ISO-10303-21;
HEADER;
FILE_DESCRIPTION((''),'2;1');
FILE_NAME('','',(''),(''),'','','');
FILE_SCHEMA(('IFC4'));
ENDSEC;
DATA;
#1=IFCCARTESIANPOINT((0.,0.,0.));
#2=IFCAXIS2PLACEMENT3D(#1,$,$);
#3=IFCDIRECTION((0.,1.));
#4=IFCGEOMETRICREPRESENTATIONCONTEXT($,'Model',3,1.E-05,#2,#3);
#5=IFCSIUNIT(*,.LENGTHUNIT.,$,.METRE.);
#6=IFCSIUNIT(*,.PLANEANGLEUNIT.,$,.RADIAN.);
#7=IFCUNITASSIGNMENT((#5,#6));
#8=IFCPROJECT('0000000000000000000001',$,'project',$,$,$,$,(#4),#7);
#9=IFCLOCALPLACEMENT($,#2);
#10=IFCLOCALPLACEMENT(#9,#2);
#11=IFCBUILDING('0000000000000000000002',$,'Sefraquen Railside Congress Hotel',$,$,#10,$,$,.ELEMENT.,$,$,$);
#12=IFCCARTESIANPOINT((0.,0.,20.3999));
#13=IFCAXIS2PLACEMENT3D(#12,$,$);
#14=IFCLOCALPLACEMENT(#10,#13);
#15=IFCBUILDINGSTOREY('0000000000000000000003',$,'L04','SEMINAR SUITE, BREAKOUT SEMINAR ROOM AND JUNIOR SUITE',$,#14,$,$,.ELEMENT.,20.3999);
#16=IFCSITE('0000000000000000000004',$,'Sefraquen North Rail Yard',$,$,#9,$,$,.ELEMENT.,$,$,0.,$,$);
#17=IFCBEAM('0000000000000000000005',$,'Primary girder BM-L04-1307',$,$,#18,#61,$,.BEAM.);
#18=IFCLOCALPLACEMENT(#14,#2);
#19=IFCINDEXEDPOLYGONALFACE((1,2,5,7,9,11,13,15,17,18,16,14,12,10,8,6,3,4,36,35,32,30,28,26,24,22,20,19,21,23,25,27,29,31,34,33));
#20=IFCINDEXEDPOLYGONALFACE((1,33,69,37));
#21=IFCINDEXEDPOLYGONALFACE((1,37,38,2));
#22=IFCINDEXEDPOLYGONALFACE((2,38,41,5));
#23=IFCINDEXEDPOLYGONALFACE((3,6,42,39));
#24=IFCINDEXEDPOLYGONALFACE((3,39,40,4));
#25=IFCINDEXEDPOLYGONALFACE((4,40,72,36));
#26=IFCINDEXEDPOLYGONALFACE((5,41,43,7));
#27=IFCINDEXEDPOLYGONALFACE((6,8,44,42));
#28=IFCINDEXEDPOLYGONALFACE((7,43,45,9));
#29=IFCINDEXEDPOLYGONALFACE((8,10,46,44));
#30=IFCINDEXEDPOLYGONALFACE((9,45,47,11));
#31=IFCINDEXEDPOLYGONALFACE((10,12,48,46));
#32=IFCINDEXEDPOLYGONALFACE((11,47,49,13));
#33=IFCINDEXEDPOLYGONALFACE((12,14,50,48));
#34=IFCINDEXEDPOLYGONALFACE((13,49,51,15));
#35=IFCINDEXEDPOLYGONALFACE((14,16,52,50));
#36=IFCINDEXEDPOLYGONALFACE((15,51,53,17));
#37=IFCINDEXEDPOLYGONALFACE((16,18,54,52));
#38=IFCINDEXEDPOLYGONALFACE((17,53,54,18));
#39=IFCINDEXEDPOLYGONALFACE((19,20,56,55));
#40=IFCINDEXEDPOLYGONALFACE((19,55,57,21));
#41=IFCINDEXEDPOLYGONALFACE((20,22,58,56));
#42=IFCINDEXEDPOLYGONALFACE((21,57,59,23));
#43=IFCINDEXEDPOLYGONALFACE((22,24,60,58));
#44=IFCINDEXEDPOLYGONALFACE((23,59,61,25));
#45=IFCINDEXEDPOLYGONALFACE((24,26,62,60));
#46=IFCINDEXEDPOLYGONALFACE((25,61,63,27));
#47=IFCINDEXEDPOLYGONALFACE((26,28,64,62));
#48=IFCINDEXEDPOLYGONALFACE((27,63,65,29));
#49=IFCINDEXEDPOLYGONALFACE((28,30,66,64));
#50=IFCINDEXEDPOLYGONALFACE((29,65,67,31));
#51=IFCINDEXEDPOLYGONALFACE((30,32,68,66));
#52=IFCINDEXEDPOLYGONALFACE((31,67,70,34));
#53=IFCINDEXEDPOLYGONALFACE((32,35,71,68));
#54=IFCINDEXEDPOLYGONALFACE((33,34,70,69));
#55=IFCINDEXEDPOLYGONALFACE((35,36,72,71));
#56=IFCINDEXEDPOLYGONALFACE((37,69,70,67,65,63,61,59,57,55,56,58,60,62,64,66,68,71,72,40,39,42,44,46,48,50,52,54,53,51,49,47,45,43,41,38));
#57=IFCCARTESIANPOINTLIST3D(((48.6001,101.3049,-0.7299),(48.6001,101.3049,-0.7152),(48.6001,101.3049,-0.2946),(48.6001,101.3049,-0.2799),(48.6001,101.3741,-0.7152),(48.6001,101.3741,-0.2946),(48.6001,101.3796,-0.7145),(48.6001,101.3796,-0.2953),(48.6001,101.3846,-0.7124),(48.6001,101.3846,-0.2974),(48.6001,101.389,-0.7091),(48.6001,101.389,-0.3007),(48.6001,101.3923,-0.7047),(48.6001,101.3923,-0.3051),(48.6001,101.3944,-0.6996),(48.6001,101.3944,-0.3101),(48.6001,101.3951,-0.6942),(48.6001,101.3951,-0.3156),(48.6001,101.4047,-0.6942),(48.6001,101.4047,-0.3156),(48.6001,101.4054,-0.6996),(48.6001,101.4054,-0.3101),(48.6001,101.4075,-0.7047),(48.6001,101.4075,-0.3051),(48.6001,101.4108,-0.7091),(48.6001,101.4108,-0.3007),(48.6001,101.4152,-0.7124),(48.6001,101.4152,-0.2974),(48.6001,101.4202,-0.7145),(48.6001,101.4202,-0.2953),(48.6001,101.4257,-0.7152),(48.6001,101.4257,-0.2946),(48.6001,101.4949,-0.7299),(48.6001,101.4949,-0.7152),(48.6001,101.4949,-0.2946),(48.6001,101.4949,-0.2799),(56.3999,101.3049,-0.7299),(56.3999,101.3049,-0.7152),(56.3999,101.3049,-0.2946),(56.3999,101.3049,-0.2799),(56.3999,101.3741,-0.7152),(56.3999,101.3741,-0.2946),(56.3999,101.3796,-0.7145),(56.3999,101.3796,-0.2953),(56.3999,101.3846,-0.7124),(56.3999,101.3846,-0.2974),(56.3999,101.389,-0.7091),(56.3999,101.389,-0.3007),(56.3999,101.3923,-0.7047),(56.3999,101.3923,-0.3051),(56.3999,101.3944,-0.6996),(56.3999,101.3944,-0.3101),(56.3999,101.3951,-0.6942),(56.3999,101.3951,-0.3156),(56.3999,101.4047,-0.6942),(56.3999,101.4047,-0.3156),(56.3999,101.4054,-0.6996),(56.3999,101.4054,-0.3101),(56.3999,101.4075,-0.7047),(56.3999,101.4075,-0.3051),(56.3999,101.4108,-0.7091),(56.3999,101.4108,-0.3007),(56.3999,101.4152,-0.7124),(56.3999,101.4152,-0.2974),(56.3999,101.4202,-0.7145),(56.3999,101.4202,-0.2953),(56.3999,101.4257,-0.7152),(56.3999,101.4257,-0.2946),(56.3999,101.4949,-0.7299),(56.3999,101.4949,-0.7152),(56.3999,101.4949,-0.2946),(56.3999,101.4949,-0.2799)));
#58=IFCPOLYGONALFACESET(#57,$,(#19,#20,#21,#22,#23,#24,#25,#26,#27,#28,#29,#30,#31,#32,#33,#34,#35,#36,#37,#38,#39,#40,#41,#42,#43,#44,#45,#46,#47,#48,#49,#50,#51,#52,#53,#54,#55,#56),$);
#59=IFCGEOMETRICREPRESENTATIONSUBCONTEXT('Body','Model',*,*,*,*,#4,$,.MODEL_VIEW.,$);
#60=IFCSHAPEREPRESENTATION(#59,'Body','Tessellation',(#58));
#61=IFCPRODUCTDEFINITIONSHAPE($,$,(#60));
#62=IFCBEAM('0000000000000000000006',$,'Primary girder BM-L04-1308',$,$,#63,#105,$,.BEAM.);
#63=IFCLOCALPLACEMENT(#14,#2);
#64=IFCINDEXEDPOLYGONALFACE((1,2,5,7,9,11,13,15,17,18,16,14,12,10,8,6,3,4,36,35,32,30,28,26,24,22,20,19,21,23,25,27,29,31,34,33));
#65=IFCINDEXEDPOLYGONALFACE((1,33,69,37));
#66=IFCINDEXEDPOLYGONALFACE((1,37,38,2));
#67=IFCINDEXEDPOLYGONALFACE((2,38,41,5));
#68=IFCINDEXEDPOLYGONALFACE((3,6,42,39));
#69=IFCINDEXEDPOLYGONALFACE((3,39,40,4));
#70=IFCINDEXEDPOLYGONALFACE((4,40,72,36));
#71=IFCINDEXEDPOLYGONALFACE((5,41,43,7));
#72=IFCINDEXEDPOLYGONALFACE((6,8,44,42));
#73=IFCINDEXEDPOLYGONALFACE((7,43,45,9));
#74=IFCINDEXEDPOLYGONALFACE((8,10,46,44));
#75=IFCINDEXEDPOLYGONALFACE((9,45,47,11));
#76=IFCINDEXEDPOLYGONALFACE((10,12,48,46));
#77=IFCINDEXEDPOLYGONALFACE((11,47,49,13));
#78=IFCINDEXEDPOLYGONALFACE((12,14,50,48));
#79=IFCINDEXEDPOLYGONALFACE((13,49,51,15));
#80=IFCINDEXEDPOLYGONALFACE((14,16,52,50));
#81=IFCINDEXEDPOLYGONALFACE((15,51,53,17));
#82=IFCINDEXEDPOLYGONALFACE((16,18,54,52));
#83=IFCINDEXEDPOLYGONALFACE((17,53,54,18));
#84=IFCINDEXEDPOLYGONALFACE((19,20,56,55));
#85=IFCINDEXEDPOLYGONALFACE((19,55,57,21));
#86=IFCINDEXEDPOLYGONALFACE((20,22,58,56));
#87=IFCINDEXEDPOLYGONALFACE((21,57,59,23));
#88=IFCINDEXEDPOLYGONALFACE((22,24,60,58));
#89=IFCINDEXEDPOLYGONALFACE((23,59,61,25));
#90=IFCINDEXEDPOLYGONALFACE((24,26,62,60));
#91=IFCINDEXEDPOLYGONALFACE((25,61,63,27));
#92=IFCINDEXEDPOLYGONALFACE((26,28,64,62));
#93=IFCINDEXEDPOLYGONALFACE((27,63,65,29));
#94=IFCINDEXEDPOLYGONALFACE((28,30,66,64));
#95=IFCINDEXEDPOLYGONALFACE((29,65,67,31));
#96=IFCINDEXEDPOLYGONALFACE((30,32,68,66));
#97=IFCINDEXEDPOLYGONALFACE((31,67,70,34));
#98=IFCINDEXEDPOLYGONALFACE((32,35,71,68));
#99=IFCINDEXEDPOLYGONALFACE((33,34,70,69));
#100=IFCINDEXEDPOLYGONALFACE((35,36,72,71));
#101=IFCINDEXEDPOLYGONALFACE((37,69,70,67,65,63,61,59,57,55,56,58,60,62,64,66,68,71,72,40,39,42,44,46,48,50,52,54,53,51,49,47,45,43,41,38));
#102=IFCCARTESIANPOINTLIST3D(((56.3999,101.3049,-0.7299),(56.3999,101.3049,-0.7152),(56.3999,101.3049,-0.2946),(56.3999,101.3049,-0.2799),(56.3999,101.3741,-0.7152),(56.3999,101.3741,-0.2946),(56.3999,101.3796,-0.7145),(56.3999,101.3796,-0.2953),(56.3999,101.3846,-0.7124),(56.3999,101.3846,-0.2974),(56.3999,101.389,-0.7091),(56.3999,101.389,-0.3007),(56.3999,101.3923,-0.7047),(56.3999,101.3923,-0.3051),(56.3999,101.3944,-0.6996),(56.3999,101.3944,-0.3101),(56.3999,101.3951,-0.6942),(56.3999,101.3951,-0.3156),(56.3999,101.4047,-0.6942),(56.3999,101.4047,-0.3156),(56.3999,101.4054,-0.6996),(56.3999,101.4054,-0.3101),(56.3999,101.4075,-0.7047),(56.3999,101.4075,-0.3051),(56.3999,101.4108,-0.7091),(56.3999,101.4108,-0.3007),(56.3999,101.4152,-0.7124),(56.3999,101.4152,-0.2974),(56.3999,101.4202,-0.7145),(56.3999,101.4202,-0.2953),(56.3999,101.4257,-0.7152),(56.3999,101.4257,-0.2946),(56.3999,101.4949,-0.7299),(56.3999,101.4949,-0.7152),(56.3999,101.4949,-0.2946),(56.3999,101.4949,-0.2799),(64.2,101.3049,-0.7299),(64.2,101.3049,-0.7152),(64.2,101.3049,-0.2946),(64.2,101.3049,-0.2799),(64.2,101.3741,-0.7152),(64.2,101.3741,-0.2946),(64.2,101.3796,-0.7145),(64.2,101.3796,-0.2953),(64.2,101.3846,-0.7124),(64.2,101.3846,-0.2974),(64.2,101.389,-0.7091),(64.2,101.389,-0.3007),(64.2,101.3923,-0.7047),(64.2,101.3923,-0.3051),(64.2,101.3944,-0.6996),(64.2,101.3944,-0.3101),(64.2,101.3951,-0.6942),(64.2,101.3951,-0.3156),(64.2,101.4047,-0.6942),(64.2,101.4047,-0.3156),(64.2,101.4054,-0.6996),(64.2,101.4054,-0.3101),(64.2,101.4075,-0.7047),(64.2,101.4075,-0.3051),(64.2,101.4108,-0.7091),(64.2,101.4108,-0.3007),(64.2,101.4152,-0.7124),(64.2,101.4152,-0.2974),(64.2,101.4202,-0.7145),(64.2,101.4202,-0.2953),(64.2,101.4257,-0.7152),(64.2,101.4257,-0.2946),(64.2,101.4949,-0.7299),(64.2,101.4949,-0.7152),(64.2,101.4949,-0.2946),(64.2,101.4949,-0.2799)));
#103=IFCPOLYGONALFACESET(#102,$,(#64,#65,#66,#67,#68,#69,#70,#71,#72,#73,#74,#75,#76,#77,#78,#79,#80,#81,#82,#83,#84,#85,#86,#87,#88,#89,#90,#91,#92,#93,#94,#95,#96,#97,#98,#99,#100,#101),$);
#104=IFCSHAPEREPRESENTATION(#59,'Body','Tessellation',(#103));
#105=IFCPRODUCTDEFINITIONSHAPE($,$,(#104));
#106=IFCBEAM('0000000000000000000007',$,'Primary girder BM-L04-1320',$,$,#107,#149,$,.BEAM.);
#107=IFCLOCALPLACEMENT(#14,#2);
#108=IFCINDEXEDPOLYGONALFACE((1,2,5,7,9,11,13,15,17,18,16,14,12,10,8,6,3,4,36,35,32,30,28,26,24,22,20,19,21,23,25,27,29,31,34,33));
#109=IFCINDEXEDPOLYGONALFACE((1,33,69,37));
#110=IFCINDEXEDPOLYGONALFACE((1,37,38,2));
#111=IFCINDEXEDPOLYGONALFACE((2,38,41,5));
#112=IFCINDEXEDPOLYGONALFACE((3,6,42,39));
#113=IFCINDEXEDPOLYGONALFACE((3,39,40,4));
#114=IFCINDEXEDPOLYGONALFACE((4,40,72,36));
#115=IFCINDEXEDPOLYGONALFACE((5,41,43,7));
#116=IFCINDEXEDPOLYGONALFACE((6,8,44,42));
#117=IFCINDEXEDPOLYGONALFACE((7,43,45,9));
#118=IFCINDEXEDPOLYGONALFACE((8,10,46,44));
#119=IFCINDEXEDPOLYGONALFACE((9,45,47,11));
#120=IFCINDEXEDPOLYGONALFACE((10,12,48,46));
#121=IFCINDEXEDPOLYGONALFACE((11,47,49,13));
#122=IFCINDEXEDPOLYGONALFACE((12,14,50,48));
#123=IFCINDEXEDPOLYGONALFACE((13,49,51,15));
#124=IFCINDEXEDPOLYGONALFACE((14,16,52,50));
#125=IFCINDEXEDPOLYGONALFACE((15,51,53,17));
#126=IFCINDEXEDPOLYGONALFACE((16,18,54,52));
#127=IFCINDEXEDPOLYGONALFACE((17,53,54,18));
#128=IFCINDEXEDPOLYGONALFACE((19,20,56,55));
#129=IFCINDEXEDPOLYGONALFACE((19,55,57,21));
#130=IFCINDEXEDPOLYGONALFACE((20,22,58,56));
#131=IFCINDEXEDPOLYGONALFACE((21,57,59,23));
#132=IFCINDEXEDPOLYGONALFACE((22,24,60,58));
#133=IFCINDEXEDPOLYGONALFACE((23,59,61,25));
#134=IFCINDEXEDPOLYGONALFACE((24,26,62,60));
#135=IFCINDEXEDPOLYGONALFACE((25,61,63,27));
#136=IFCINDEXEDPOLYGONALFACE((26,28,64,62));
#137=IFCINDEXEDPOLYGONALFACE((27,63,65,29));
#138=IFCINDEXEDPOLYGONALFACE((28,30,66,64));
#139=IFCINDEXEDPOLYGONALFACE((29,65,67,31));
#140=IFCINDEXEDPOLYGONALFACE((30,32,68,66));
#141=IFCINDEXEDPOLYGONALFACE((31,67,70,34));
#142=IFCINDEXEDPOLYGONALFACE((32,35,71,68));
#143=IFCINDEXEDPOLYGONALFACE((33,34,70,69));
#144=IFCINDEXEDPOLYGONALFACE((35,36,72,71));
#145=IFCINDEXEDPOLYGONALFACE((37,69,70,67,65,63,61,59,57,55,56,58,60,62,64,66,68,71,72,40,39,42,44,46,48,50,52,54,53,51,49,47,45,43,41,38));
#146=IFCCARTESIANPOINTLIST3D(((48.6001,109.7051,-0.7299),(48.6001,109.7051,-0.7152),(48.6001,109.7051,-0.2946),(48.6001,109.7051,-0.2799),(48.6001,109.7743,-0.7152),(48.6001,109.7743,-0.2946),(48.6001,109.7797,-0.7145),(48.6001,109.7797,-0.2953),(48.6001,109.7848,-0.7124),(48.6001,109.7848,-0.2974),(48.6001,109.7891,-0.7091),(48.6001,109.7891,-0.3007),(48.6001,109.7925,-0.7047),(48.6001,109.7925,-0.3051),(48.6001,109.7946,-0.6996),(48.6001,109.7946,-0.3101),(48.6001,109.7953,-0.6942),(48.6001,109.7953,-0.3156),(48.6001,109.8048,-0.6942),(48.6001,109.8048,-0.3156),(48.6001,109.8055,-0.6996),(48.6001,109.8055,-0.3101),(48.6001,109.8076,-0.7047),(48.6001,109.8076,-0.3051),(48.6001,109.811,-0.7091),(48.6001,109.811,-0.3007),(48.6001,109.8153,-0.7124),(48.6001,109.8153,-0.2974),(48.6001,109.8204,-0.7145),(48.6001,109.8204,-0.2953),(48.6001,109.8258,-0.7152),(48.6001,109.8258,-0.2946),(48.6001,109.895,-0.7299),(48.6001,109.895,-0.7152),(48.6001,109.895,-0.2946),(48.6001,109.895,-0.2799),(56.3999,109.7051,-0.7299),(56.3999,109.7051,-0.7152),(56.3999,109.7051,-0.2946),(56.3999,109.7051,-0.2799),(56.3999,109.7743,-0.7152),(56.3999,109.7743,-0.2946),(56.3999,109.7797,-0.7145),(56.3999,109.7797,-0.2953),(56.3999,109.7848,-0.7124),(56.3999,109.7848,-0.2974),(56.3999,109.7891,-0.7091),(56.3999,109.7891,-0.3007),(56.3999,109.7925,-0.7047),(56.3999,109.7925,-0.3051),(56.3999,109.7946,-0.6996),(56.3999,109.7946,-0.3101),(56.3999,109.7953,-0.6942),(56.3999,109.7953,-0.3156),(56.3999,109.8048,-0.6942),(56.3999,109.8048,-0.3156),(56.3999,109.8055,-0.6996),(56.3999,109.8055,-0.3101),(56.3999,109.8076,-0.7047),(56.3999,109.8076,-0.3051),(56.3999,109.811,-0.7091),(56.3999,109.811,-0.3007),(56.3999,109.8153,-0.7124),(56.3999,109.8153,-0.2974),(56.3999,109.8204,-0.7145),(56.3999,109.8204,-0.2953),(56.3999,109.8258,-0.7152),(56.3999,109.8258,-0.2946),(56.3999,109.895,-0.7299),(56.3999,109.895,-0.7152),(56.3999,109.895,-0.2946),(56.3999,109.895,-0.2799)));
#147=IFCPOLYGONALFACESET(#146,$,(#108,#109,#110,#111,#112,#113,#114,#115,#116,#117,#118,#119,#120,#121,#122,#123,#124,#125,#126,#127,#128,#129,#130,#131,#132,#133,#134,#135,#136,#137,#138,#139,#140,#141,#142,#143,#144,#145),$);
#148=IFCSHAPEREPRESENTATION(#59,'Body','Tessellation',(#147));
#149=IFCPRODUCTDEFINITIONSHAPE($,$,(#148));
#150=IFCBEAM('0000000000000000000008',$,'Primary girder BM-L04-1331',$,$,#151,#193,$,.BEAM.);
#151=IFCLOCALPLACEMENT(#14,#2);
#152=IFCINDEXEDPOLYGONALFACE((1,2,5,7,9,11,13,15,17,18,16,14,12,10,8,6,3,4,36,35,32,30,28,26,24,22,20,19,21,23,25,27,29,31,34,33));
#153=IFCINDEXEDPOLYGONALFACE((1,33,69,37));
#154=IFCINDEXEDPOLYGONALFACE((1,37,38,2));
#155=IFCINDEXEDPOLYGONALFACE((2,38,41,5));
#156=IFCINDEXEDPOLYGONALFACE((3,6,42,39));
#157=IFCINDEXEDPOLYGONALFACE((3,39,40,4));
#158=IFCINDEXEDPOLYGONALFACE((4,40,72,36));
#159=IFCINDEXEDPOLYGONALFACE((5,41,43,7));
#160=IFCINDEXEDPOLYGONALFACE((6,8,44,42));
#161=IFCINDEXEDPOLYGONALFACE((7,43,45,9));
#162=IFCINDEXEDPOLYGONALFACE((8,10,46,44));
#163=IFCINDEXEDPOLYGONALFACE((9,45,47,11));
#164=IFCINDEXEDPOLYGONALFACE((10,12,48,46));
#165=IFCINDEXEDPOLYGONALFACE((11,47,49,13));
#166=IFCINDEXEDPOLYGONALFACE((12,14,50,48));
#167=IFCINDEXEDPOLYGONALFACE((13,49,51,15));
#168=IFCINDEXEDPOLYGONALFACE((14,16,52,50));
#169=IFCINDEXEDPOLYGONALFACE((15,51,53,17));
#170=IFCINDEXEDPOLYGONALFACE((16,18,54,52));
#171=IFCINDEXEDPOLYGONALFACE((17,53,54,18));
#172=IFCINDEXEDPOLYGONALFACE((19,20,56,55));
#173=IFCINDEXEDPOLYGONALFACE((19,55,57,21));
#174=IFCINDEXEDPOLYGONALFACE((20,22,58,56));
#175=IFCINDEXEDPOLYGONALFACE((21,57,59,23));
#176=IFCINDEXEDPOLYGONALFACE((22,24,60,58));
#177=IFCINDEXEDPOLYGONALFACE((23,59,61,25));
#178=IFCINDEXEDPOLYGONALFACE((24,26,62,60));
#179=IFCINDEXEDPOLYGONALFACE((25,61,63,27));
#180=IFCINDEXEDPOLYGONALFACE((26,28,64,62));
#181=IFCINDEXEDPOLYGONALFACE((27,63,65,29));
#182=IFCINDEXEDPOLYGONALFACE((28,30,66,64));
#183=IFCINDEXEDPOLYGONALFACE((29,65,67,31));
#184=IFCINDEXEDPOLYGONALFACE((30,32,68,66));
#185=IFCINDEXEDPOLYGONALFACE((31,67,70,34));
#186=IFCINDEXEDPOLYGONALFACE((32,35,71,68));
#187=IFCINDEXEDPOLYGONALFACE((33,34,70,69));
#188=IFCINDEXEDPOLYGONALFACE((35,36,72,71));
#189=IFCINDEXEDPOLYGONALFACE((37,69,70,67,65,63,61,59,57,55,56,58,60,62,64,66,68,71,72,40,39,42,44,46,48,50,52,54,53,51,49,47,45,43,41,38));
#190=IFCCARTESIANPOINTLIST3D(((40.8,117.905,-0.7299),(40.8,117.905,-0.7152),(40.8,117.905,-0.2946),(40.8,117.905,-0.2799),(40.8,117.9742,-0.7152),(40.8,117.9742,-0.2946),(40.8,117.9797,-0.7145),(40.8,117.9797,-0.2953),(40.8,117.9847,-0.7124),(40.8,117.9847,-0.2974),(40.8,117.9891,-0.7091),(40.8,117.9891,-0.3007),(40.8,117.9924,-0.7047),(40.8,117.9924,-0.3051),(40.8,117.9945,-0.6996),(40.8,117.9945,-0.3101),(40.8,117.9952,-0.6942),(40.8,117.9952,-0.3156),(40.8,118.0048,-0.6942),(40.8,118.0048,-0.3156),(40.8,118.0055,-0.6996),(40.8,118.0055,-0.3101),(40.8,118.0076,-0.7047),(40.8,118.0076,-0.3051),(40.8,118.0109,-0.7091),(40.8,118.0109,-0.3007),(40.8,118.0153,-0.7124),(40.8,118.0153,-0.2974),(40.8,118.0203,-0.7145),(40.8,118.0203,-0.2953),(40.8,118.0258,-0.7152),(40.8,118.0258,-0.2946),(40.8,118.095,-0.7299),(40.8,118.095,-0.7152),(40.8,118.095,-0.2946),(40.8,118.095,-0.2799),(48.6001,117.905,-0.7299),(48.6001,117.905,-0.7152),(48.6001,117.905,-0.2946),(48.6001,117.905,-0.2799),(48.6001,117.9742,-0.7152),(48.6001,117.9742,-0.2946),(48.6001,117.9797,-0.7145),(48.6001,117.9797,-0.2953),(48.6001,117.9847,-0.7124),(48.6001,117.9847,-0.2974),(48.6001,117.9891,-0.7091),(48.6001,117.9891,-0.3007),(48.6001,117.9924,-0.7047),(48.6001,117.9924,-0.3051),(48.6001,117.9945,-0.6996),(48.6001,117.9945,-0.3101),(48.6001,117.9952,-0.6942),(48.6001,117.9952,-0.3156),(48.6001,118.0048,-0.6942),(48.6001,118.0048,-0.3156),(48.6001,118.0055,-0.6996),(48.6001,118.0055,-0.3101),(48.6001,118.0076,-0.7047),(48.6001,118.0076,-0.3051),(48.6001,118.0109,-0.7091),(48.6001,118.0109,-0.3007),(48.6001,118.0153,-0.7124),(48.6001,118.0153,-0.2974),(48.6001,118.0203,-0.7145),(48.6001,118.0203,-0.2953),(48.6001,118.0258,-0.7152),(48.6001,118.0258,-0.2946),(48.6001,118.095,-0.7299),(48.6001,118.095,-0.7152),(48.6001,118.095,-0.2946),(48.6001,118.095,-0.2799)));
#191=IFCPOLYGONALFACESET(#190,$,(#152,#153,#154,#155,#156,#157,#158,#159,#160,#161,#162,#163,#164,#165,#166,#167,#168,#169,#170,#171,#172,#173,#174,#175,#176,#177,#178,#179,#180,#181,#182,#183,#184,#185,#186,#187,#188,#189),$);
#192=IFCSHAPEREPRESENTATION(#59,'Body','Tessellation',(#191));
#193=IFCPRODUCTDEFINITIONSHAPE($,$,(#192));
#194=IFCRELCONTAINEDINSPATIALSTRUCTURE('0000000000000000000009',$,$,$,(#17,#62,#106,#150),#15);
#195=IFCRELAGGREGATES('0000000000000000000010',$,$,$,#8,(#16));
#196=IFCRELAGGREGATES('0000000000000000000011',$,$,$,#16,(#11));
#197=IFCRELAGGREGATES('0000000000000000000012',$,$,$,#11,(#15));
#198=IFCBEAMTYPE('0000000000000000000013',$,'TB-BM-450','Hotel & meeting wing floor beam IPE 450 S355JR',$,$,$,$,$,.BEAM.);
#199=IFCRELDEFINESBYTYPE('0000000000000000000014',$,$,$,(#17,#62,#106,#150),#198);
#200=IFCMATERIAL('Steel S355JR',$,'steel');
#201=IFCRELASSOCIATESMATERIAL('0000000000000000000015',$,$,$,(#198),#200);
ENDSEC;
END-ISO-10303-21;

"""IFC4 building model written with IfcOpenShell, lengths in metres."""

from ifc_helpers import new_model, si_unit, direction, frame, origin, origin_2d, place, context, subcontext, project, spatial, i_section, extrude, material, material_profile, profile_set, type_object, element, save


model = new_model("IFC4")

# Units and contexts
model_context = context("Model", 3, precision=1e-05, world=origin(), true_north=direction((0.0, 1.0)))
body_context = subcontext(model_context, "Body", "Model", "MODEL_VIEW")
ifc_project = project(units=[si_unit("LENGTHUNIT", "METRE"), si_unit("PLANEANGLEUNIT", "RADIAN")], contexts=[model_context])

# Site, building, storey
site_placement = place(None, origin())
site = spatial("IfcSite", under=ifc_project, at=site_placement, Name="Sefraquen North Rail Yard", CompositionType="ELEMENT", RefElevation=0.0)
building_placement = place(site_placement, origin())
building = spatial("IfcBuilding", under=site, at=building_placement, Name="Sefraquen Railside Congress Hotel", CompositionType="ELEMENT")
storey_placement = place(building_placement, frame((0.0, 0.0, 20.3999)))
storey = spatial("IfcBuildingStorey", under=building, at=storey_placement, Name="L04", Description="SEMINAR SUITE, BREAKOUT SEMINAR ROOM AND JUNIOR SUITE", CompositionType="ELEMENT", Elevation=20.3999)

# Shared definitions
ifc_material_1 = material(Name="Steel S355JR", Category="steel")

# Beams
ifc_material_profile_1 = material_profile(ifc_material_1, i_section(OverallWidth=0.1899, OverallDepth=0.45, WebThickness=0.0095, FlangeThickness=0.0146, FilletRadius=0.021, at=origin_2d()), Name="IPE 450")
ifc_profile_set_1 = profile_set([ifc_material_profile_1], Name="Steel S355JR")
beam_type_1 = type_object("IfcBeamType", Name="TB-BM-450", Description="Hotel & meeting wing floor beam IPE 450 S355JR", PredefinedType="BEAM", material=ifc_profile_set_1)
beam_1_placement = place(storey_placement, frame((48.6001, 101.3999, -0.5049), z_axis=(1.0, 0.0, 0.0), x_axis=(0.0, 1.0, 0.0)))
element("IfcBeam", 1, at=beam_1_placement, inside=storey, type_object=beam_type_1, Name="Primary girder BM-L04-1307", PredefinedType="BEAM", context=body_context, shape_type="SweptSolid", body=[
    extrude(i_section(OverallWidth=0.1899, OverallDepth=0.45, WebThickness=0.0095, FlangeThickness=0.0146, FilletRadius=0.021, at=origin_2d()), origin(), (0.0, 0.0, 1.0), 7.7998),
])
beam_2_placement = place(storey_placement, frame((56.3999, 101.3999, -0.5049), z_axis=(1.0, 0.0, 0.0), x_axis=(0.0, 1.0, 0.0)))
element("IfcBeam", 2, at=beam_2_placement, inside=storey, type_object=beam_type_1, Name="Primary girder BM-L04-1308", PredefinedType="BEAM", context=body_context, shape_type="SweptSolid", body=[
    extrude(i_section(OverallWidth=0.1899, OverallDepth=0.45, WebThickness=0.0095, FlangeThickness=0.0146, FilletRadius=0.021, at=origin_2d()), origin(), (0.0, 0.0, 1.0), 7.8),
])
beam_3_placement = place(storey_placement, frame((48.6001, 109.8, -0.5049), z_axis=(1.0, 0.0, 0.0), x_axis=(0.0, 1.0, 0.0)))
element("IfcBeam", 3, at=beam_3_placement, inside=storey, type_object=beam_type_1, Name="Primary girder BM-L04-1320", PredefinedType="BEAM", context=body_context, shape_type="SweptSolid", body=[
    extrude(i_section(OverallWidth=0.1899, OverallDepth=0.45, WebThickness=0.0095, FlangeThickness=0.0146, FilletRadius=0.021, at=origin_2d()), origin(), (0.0, 0.0, 1.0), 7.7998),
])
beam_4_placement = place(storey_placement, frame((40.8, 118.0, -0.5049), z_axis=(1.0, 0.0, 0.0), x_axis=(0.0, 1.0, 0.0)))
element("IfcBeam", 4, at=beam_4_placement, inside=storey, type_object=beam_type_1, Name="Primary girder BM-L04-1331", PredefinedType="BEAM", context=body_context, shape_type="SweptSolid", body=[
    extrude(i_section(OverallWidth=0.1899, OverallDepth=0.45, WebThickness=0.0095, FlangeThickness=0.0146, FilletRadius=0.021, at=origin_2d()), origin(), (0.0, 0.0, 1.0), 7.8),
])

save(model, "model.ifc")
